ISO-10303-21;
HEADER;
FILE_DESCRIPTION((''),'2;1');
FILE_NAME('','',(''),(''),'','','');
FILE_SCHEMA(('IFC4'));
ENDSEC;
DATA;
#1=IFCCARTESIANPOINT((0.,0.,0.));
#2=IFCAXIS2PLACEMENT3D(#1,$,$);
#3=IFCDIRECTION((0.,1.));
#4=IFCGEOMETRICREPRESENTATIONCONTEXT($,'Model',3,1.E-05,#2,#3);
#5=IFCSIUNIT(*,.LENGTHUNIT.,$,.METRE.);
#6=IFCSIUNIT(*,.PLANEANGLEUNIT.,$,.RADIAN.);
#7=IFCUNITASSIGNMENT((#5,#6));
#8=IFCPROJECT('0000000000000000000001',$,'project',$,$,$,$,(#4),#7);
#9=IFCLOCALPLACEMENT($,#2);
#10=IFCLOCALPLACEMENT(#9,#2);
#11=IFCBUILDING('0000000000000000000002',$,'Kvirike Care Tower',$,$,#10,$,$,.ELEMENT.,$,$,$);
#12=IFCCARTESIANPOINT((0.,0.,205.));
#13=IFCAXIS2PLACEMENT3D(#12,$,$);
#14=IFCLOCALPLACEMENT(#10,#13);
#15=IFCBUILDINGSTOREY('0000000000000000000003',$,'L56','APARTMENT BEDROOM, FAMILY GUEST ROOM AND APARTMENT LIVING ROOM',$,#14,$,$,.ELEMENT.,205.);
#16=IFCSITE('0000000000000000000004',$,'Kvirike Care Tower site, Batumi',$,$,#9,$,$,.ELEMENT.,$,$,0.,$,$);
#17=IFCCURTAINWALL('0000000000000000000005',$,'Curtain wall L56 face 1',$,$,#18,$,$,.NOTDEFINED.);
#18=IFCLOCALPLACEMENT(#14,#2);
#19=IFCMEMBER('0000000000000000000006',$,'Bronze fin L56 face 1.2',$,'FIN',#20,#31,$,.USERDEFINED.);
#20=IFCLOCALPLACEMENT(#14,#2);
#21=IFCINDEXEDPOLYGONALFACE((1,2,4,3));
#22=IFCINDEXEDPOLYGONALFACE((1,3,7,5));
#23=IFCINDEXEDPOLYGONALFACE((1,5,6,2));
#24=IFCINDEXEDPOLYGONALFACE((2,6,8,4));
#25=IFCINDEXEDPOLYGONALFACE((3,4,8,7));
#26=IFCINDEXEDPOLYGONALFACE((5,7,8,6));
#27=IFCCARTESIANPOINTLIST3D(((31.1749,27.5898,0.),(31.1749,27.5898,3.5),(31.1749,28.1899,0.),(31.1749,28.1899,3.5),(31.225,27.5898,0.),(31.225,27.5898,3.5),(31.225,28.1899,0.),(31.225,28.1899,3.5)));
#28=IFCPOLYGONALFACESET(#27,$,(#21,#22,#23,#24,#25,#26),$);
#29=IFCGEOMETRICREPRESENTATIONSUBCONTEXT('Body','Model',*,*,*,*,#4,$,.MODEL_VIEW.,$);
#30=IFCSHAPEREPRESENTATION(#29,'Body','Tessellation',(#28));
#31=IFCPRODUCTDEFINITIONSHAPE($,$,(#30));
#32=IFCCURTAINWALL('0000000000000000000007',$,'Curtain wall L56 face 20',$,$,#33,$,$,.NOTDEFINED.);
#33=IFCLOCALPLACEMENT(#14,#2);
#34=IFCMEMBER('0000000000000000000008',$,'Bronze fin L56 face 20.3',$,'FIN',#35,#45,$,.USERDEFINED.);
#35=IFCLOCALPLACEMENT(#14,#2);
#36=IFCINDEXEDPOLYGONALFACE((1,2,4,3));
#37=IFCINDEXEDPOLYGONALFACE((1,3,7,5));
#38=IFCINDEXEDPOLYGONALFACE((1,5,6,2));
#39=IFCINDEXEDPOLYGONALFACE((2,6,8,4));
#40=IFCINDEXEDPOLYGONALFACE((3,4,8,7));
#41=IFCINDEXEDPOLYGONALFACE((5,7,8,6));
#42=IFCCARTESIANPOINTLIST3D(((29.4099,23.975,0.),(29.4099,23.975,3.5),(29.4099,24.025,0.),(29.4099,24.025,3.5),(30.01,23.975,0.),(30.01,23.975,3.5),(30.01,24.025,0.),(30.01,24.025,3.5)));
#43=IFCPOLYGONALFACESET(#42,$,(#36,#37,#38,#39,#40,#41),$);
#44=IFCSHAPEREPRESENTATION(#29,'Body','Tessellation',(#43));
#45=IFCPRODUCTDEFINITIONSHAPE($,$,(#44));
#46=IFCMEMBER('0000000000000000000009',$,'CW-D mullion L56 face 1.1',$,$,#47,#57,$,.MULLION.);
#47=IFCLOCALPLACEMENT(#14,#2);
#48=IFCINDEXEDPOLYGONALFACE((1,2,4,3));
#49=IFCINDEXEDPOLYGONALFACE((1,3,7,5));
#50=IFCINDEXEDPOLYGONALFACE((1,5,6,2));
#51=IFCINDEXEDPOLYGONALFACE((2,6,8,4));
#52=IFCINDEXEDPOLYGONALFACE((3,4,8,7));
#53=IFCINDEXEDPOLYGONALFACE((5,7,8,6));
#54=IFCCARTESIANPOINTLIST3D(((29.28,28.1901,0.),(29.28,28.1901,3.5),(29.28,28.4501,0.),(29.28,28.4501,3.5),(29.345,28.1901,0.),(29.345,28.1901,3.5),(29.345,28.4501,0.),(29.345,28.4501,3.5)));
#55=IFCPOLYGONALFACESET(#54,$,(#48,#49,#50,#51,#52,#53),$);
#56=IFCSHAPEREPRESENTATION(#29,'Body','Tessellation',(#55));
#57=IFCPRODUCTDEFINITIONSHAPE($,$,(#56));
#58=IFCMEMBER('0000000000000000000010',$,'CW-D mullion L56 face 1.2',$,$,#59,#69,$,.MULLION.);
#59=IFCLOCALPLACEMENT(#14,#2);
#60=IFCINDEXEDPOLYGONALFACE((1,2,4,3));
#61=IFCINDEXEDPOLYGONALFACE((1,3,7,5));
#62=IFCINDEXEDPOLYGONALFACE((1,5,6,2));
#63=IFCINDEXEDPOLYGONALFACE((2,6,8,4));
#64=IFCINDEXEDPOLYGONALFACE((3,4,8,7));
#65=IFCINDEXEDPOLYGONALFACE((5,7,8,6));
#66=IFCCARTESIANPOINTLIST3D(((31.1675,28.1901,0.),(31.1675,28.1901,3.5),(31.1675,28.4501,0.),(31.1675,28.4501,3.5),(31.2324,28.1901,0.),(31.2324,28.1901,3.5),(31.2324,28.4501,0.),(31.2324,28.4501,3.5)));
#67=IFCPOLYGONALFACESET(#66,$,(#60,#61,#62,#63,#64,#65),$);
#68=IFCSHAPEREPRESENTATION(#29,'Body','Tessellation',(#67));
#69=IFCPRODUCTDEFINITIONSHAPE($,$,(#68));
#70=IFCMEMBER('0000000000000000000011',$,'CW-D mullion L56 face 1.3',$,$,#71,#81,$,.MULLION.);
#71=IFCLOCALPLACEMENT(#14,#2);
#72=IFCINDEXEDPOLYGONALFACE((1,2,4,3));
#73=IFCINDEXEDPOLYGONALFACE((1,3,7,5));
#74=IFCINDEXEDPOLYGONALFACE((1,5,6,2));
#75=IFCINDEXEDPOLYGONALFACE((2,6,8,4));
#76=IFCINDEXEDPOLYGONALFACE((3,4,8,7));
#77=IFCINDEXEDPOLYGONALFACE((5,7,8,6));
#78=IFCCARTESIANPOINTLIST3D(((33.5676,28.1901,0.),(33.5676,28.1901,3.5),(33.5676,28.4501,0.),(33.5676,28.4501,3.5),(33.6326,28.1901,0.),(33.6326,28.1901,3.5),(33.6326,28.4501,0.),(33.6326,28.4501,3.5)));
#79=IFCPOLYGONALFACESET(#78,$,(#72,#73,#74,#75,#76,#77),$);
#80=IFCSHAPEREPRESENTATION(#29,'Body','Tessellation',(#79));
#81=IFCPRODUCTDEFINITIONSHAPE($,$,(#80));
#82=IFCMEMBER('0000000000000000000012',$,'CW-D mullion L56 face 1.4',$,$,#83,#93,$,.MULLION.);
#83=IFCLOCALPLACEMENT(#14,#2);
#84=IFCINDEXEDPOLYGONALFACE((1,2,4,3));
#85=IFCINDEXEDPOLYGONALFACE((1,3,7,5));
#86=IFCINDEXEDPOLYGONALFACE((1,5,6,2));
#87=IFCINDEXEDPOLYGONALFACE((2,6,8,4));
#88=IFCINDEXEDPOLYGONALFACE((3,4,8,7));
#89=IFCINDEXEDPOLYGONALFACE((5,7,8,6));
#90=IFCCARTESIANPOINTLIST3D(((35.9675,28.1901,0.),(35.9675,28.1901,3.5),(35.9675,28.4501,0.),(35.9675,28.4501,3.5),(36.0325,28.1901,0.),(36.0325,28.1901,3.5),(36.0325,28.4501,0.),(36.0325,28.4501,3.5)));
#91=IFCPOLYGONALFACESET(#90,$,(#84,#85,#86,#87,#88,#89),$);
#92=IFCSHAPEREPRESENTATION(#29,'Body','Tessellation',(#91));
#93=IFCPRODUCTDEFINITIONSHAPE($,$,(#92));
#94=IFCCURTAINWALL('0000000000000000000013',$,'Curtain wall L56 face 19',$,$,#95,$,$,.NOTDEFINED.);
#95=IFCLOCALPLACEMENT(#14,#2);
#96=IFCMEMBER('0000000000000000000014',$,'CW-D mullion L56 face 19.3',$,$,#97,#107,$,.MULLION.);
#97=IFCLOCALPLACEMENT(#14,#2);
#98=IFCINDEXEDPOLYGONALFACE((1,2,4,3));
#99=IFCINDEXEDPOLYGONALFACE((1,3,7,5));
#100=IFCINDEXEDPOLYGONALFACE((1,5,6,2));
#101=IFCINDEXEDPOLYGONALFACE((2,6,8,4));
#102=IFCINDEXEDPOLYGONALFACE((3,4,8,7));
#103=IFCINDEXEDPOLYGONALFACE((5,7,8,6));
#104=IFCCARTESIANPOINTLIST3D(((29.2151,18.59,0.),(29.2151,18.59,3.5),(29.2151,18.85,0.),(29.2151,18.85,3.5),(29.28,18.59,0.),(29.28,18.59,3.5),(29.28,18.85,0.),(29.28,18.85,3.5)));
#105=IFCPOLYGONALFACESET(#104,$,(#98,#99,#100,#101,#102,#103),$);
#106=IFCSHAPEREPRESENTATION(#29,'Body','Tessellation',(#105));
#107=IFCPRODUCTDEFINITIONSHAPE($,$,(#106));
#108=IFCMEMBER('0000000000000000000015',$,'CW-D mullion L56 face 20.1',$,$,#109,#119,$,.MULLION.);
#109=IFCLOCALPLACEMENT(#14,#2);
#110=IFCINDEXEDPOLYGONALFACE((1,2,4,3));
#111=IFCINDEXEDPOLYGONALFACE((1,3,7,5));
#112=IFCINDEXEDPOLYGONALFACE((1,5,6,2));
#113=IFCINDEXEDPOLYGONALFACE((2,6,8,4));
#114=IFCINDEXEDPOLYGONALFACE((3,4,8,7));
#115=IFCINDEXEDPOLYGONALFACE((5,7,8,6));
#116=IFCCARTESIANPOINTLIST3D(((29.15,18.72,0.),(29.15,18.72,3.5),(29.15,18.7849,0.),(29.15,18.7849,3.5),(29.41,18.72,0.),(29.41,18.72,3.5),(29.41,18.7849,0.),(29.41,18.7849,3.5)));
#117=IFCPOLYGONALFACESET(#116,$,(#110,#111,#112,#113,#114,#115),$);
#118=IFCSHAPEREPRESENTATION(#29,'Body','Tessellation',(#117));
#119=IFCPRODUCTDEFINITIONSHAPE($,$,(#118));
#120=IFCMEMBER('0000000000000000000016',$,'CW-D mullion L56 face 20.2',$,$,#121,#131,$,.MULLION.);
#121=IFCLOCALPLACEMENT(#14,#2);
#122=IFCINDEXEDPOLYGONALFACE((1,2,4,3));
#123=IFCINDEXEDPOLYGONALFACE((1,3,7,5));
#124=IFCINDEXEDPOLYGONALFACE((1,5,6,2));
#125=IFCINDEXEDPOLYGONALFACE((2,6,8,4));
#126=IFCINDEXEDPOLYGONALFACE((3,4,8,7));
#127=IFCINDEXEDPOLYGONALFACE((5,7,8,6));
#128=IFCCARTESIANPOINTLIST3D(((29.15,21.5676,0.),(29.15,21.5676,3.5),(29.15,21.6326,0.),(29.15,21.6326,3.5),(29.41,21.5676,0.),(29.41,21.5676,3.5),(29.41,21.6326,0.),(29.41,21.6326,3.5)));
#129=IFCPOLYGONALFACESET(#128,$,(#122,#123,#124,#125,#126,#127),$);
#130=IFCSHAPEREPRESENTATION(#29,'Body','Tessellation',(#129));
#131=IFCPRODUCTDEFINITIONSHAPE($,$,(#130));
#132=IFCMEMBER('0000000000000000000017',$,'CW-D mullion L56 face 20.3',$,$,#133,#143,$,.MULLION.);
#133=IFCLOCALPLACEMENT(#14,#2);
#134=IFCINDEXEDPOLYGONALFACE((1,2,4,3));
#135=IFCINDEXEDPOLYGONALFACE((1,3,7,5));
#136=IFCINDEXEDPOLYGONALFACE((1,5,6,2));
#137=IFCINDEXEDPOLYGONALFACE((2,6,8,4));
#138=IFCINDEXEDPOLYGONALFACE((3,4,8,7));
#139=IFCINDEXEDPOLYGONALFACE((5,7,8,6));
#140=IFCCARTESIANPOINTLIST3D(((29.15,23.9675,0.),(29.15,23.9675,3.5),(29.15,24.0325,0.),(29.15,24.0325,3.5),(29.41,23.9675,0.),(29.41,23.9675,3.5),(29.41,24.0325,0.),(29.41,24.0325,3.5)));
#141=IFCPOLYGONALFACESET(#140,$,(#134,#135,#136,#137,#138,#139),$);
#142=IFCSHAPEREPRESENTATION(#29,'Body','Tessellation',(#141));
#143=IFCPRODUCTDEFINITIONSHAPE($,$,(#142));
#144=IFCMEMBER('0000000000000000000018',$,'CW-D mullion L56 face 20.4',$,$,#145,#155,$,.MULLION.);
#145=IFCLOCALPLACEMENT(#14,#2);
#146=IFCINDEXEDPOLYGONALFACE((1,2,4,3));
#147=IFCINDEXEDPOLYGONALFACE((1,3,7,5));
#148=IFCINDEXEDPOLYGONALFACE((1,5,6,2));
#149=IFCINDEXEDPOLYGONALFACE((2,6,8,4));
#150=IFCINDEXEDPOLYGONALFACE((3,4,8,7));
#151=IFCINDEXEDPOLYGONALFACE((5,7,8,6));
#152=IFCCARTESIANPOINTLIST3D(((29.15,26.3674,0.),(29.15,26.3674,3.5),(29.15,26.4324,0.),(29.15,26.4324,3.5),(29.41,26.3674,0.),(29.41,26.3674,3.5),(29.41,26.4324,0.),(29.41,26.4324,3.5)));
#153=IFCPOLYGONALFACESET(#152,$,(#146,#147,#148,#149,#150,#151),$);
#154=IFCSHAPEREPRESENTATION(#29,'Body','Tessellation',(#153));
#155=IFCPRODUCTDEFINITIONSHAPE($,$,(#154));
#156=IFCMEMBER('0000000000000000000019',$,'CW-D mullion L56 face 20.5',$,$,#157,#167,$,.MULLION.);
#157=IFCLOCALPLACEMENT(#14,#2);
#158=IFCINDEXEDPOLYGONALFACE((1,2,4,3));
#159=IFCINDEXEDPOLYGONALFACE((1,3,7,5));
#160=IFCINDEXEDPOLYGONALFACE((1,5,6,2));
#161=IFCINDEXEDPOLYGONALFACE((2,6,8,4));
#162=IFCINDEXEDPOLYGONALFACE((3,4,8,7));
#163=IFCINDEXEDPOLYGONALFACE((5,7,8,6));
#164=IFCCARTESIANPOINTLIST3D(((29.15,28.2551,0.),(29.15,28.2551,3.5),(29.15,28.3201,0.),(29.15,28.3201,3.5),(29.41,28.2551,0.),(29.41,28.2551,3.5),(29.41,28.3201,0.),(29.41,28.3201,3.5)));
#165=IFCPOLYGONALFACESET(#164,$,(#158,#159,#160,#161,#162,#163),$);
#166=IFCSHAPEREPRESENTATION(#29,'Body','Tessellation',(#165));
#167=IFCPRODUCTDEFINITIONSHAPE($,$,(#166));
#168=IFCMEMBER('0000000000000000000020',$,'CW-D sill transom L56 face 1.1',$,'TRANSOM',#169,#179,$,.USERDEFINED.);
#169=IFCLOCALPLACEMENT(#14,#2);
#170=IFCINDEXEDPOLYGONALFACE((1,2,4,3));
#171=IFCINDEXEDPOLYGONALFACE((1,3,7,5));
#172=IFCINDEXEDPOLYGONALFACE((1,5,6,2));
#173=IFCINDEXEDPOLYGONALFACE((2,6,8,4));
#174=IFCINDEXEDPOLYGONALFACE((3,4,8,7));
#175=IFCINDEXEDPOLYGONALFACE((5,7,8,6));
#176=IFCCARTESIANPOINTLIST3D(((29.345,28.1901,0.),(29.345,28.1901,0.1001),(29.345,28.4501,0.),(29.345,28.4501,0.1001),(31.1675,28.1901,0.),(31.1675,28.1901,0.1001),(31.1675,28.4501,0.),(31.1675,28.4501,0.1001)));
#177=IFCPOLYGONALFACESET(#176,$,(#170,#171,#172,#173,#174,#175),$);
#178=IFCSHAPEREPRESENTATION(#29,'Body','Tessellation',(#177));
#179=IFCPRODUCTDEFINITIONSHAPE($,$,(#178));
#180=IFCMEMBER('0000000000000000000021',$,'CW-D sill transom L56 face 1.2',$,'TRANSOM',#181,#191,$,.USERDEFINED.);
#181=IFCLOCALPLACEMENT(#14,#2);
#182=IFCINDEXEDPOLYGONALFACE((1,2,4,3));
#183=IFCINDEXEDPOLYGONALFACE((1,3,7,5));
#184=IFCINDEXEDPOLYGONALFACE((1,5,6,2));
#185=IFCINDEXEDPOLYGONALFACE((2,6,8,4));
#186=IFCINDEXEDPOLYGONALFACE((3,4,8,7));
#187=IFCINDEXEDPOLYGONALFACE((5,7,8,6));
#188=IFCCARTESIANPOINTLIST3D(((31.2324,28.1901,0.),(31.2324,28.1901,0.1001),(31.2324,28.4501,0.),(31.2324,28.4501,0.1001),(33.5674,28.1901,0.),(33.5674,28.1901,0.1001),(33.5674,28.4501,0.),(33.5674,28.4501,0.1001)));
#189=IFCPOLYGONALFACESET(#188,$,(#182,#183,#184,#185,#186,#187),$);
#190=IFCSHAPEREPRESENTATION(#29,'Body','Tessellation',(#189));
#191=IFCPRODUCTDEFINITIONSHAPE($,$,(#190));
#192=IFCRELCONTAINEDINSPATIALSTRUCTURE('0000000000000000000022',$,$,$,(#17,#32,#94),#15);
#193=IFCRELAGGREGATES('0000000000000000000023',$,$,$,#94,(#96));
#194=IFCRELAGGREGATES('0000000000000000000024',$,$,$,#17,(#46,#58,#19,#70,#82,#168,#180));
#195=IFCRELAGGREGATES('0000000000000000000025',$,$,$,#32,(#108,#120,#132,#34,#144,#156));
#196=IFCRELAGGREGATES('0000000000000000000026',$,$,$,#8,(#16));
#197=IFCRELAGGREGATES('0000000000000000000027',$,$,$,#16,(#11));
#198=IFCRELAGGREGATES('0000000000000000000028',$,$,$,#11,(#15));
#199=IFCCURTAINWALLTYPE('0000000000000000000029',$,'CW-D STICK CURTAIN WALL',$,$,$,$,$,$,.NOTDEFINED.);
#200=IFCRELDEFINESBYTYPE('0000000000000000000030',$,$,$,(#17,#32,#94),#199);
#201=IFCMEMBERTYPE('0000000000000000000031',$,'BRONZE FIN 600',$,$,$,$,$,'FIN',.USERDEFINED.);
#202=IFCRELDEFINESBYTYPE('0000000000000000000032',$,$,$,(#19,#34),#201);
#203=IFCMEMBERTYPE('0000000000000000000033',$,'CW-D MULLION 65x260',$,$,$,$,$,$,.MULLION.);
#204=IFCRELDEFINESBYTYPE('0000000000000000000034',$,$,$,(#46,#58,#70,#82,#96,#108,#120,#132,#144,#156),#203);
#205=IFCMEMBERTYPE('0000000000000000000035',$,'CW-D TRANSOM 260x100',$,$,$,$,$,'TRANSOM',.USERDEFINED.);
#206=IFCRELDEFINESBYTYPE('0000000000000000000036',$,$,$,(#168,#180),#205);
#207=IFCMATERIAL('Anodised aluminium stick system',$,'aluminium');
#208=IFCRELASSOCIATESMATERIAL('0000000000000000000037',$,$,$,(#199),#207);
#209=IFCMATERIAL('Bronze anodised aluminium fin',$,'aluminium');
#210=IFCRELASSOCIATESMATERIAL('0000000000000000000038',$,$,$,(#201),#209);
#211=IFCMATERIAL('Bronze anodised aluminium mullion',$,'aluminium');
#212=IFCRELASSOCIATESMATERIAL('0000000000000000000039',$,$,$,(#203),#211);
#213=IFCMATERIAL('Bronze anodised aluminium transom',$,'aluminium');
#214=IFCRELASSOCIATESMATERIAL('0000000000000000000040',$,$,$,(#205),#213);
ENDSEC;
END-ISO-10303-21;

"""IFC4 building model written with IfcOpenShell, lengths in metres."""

from ifc_helpers import new_model, si_unit, direction, frame, origin, origin_2d, place, context, subcontext, project, spatial, rectangle, extrude, material, material_profile, profile_set, type_object, element, aggregate, save


model = new_model("IFC4")

# Units and contexts
model_context = context("Model", 3, precision=1e-05, world=origin(), true_north=direction((0.0, 1.0)))
body_context = subcontext(model_context, "Body", "Model", "MODEL_VIEW")
ifc_project = project(units=[si_unit("LENGTHUNIT", "METRE"), si_unit("PLANEANGLEUNIT", "RADIAN")], contexts=[model_context])

# Site, building, storey
site_placement = place(None, origin())
site = spatial("IfcSite", under=ifc_project, at=site_placement, Name="Kvirike Care Tower site, Batumi", CompositionType="ELEMENT", RefElevation=0.0)
building_placement = place(site_placement, origin())
building = spatial("IfcBuilding", under=site, at=building_placement, Name="Kvirike Care Tower", CompositionType="ELEMENT")
storey_placement = place(building_placement, frame((0.0, 0.0, 205.0)))
storey = spatial("IfcBuildingStorey", under=building, at=storey_placement, Name="L56", Description="APARTMENT BEDROOM, FAMILY GUEST ROOM AND APARTMENT LIVING ROOM", CompositionType="ELEMENT", Elevation=205.0)

# Curtain walls, members
ifc_material_1 = material(Name="Anodised aluminium stick system", Category="aluminium")
curtain_wall_type = type_object("IfcCurtainWallType", Name="CW-D STICK CURTAIN WALL", PredefinedType="NOTDEFINED", material=ifc_material_1)
curtain_wall_1_placement = place(storey_placement, origin())
curtain_wall_1 = element("IfcCurtainWall", 1, at=curtain_wall_1_placement, inside=storey, type_object=curtain_wall_type, Name="Curtain wall L56 face 1", PredefinedType="NOTDEFINED")
ifc_material_2 = material(Name="Bronze anodised aluminium fin", Category="aluminium")
ifc_material_profile_1 = material_profile(ifc_material_2, rectangle(XDim=0.05, YDim=0.6001, at=origin_2d()), Name="BRONZE FIN 600")
ifc_profile_set_1 = profile_set([ifc_material_profile_1], Name="Bronze anodised aluminium fin")
member_type_1 = type_object("IfcMemberType", Name="BRONZE FIN 600", ElementType="FIN", PredefinedType="USERDEFINED", material=ifc_profile_set_1)
member_1_placement = place(storey_placement, frame((31.2, 27.8899, 0.0), z_axis=(0.0, 0.0, 1.0), x_axis=(1.0, 0.0, 0.0)))
member_1 = element("IfcMember", 2, at=member_1_placement, type_object=member_type_1, Name="Bronze fin L56 face 1.2", ObjectType="FIN", PredefinedType="USERDEFINED", context=body_context, shape_type="SweptSolid", body=[
    extrude(rectangle(XDim=0.05, YDim=0.6001, at=origin_2d()), origin(), (0.0, 0.0, 1.0), 3.5),
])
curtain_wall_2_placement = place(storey_placement, origin())
curtain_wall_2 = element("IfcCurtainWall", 3, at=curtain_wall_2_placement, inside=storey, type_object=curtain_wall_type, Name="Curtain wall L56 face 20", PredefinedType="NOTDEFINED")
member_2_placement = place(storey_placement, frame((29.71, 24.0, 0.0), z_axis=(0.0, 0.0, 1.0), x_axis=(0.0, 1.0, 0.0)))
member_2 = element("IfcMember", 4, at=member_2_placement, type_object=member_type_1, Name="Bronze fin L56 face 20.3", ObjectType="FIN", PredefinedType="USERDEFINED", context=body_context, shape_type="SweptSolid", body=[
    extrude(rectangle(XDim=0.05, YDim=0.6001, at=origin_2d()), origin(), (0.0, 0.0, 1.0), 3.5),
])

# Members
ifc_material_3 = material(Name="Bronze anodised aluminium mullion", Category="aluminium")
ifc_material_profile_2 = material_profile(ifc_material_3, rectangle(XDim=0.0649, YDim=0.26, at=origin_2d()), Name="CW-D MULLION 65x260")
ifc_profile_set_2 = profile_set([ifc_material_profile_2], Name="Bronze anodised aluminium mullion")
member_type_2 = type_object("IfcMemberType", Name="CW-D MULLION 65x260", PredefinedType="MULLION", material=ifc_profile_set_2)
member_3_placement = place(storey_placement, frame((29.3125, 28.3201, 0.0), z_axis=(0.0, 0.0, 1.0), x_axis=(1.0, 0.0, 0.0)))
member_3 = element("IfcMember", 5, at=member_3_placement, type_object=member_type_2, Name="CW-D mullion L56 face 1.1", PredefinedType="MULLION", context=body_context, shape_type="SweptSolid", body=[
    extrude(rectangle(XDim=0.0649, YDim=0.26, at=origin_2d()), origin(), (0.0, 0.0, 1.0), 3.5),
])
member_4_placement = place(storey_placement, frame((31.2, 28.3201, 0.0), z_axis=(0.0, 0.0, 1.0), x_axis=(1.0, 0.0, 0.0)))
member_4 = element("IfcMember", 6, at=member_4_placement, type_object=member_type_2, Name="CW-D mullion L56 face 1.2", PredefinedType="MULLION", context=body_context, shape_type="SweptSolid", body=[
    extrude(rectangle(XDim=0.0649, YDim=0.26, at=origin_2d()), origin(), (0.0, 0.0, 1.0), 3.5),
])
member_5_placement = place(storey_placement, frame((33.6001, 28.3201, 0.0), z_axis=(0.0, 0.0, 1.0), x_axis=(1.0, 0.0, 0.0)))
member_5 = element("IfcMember", 7, at=member_5_placement, type_object=member_type_2, Name="CW-D mullion L56 face 1.3", PredefinedType="MULLION", context=body_context, shape_type="SweptSolid", body=[
    extrude(rectangle(XDim=0.0649, YDim=0.26, at=origin_2d()), origin(), (0.0, 0.0, 1.0), 3.5),
])
member_6_placement = place(storey_placement, frame((36.0, 28.3201, 0.0), z_axis=(0.0, 0.0, 1.0), x_axis=(1.0, 0.0, 0.0)))
member_6 = element("IfcMember", 8, at=member_6_placement, type_object=member_type_2, Name="CW-D mullion L56 face 1.4", PredefinedType="MULLION", context=body_context, shape_type="SweptSolid", body=[
    extrude(rectangle(XDim=0.0649, YDim=0.26, at=origin_2d()), origin(), (0.0, 0.0, 1.0), 3.5),
])

# Curtain wall, member
curtain_wall_3_placement = place(storey_placement, origin())
curtain_wall_3 = element("IfcCurtainWall", 9, at=curtain_wall_3_placement, inside=storey, type_object=curtain_wall_type, Name="Curtain wall L56 face 19", PredefinedType="NOTDEFINED")
member_7_placement = place(storey_placement, frame((29.2476, 18.72, 0.0), z_axis=(0.0, 0.0, 1.0), x_axis=(1.0, 0.0, 0.0)))
member_7 = element("IfcMember", 10, at=member_7_placement, type_object=member_type_2, Name="CW-D mullion L56 face 19.3", PredefinedType="MULLION", context=body_context, shape_type="SweptSolid", body=[
    extrude(rectangle(XDim=0.0649, YDim=0.26, at=origin_2d()), origin(), (0.0, 0.0, 1.0), 3.5),
])
aggregate(curtain_wall_3, [member_7])

# Members
member_8_placement = place(storey_placement, frame((29.28, 18.7524, 0.0), z_axis=(0.0, 0.0, 1.0), x_axis=(0.0, 1.0, 0.0)))
member_8 = element("IfcMember", 11, at=member_8_placement, type_object=member_type_2, Name="CW-D mullion L56 face 20.1", PredefinedType="MULLION", context=body_context, shape_type="SweptSolid", body=[
    extrude(rectangle(XDim=0.0649, YDim=0.26, at=origin_2d()), origin(), (0.0, 0.0, 1.0), 3.5),
])
member_9_placement = place(storey_placement, frame((29.28, 21.6001, 0.0), z_axis=(0.0, 0.0, 1.0), x_axis=(0.0, 1.0, 0.0)))
member_9 = element("IfcMember", 12, at=member_9_placement, type_object=member_type_2, Name="CW-D mullion L56 face 20.2", PredefinedType="MULLION", context=body_context, shape_type="SweptSolid", body=[
    extrude(rectangle(XDim=0.0649, YDim=0.26, at=origin_2d()), origin(), (0.0, 0.0, 1.0), 3.5),
])
member_10_placement = place(storey_placement, frame((29.28, 24.0, 0.0), z_axis=(0.0, 0.0, 1.0), x_axis=(0.0, 1.0, 0.0)))
member_10 = element("IfcMember", 13, at=member_10_placement, type_object=member_type_2, Name="CW-D mullion L56 face 20.3", PredefinedType="MULLION", context=body_context, shape_type="SweptSolid", body=[
    extrude(rectangle(XDim=0.0649, YDim=0.26, at=origin_2d()), origin(), (0.0, 0.0, 1.0), 3.5),
])
member_11_placement = place(storey_placement, frame((29.28, 26.3999, 0.0), z_axis=(0.0, 0.0, 1.0), x_axis=(0.0, 1.0, 0.0)))
member_11 = element("IfcMember", 14, at=member_11_placement, type_object=member_type_2, Name="CW-D mullion L56 face 20.4", PredefinedType="MULLION", context=body_context, shape_type="SweptSolid", body=[
    extrude(rectangle(XDim=0.0649, YDim=0.26, at=origin_2d()), origin(), (0.0, 0.0, 1.0), 3.5),
])
member_12_placement = place(storey_placement, frame((29.28, 28.2876, 0.0), z_axis=(0.0, 0.0, 1.0), x_axis=(0.0, 1.0, 0.0)))
member_12 = element("IfcMember", 15, at=member_12_placement, type_object=member_type_2, Name="CW-D mullion L56 face 20.5", PredefinedType="MULLION", context=body_context, shape_type="SweptSolid", body=[
    extrude(rectangle(XDim=0.0649, YDim=0.26, at=origin_2d()), origin(), (0.0, 0.0, 1.0), 3.5),
])
ifc_material_4 = material(Name="Bronze anodised aluminium transom", Category="aluminium")
ifc_material_profile_3 = material_profile(ifc_material_4, rectangle(XDim=0.26, YDim=0.1001, at=origin_2d()), Name="CW-D TRANSOM 260x100")
ifc_profile_set_3 = profile_set([ifc_material_profile_3], Name="Bronze anodised aluminium transom")
member_type_3 = type_object("IfcMemberType", Name="CW-D TRANSOM 260x100", ElementType="TRANSOM", PredefinedType="USERDEFINED", material=ifc_profile_set_3)
member_13_placement = place(storey_placement, frame((29.345, 28.3201, 0.05), z_axis=(1.0, 0.0, 0.0), x_axis=(0.0, 1.0, 0.0)))
member_13 = element("IfcMember", 16, at=member_13_placement, type_object=member_type_3, Name="CW-D sill transom L56 face 1.1", ObjectType="TRANSOM", PredefinedType="USERDEFINED", context=body_context, shape_type="SweptSolid", body=[
    extrude(rectangle(XDim=0.26, YDim=0.1001, at=origin_2d()), origin(), (0.0, 0.0, 1.0), 1.8225),
])
member_14_placement = place(storey_placement, frame((31.2324, 28.3201, 0.05), z_axis=(1.0, 0.0, 0.0), x_axis=(0.0, 1.0, 0.0)))
member_14 = element("IfcMember", 17, at=member_14_placement, type_object=member_type_3, Name="CW-D sill transom L56 face 1.2", ObjectType="TRANSOM", PredefinedType="USERDEFINED", context=body_context, shape_type="SweptSolid", body=[
    extrude(rectangle(XDim=0.26, YDim=0.1001, at=origin_2d()), origin(), (0.0, 0.0, 1.0), 2.335),
])

aggregate(curtain_wall_1, [member_3, member_4, member_1, member_5, member_6, member_13, member_14])
aggregate(curtain_wall_2, [member_8, member_9, member_10, member_2, member_11, member_12])

save(model, "model.ifc")
